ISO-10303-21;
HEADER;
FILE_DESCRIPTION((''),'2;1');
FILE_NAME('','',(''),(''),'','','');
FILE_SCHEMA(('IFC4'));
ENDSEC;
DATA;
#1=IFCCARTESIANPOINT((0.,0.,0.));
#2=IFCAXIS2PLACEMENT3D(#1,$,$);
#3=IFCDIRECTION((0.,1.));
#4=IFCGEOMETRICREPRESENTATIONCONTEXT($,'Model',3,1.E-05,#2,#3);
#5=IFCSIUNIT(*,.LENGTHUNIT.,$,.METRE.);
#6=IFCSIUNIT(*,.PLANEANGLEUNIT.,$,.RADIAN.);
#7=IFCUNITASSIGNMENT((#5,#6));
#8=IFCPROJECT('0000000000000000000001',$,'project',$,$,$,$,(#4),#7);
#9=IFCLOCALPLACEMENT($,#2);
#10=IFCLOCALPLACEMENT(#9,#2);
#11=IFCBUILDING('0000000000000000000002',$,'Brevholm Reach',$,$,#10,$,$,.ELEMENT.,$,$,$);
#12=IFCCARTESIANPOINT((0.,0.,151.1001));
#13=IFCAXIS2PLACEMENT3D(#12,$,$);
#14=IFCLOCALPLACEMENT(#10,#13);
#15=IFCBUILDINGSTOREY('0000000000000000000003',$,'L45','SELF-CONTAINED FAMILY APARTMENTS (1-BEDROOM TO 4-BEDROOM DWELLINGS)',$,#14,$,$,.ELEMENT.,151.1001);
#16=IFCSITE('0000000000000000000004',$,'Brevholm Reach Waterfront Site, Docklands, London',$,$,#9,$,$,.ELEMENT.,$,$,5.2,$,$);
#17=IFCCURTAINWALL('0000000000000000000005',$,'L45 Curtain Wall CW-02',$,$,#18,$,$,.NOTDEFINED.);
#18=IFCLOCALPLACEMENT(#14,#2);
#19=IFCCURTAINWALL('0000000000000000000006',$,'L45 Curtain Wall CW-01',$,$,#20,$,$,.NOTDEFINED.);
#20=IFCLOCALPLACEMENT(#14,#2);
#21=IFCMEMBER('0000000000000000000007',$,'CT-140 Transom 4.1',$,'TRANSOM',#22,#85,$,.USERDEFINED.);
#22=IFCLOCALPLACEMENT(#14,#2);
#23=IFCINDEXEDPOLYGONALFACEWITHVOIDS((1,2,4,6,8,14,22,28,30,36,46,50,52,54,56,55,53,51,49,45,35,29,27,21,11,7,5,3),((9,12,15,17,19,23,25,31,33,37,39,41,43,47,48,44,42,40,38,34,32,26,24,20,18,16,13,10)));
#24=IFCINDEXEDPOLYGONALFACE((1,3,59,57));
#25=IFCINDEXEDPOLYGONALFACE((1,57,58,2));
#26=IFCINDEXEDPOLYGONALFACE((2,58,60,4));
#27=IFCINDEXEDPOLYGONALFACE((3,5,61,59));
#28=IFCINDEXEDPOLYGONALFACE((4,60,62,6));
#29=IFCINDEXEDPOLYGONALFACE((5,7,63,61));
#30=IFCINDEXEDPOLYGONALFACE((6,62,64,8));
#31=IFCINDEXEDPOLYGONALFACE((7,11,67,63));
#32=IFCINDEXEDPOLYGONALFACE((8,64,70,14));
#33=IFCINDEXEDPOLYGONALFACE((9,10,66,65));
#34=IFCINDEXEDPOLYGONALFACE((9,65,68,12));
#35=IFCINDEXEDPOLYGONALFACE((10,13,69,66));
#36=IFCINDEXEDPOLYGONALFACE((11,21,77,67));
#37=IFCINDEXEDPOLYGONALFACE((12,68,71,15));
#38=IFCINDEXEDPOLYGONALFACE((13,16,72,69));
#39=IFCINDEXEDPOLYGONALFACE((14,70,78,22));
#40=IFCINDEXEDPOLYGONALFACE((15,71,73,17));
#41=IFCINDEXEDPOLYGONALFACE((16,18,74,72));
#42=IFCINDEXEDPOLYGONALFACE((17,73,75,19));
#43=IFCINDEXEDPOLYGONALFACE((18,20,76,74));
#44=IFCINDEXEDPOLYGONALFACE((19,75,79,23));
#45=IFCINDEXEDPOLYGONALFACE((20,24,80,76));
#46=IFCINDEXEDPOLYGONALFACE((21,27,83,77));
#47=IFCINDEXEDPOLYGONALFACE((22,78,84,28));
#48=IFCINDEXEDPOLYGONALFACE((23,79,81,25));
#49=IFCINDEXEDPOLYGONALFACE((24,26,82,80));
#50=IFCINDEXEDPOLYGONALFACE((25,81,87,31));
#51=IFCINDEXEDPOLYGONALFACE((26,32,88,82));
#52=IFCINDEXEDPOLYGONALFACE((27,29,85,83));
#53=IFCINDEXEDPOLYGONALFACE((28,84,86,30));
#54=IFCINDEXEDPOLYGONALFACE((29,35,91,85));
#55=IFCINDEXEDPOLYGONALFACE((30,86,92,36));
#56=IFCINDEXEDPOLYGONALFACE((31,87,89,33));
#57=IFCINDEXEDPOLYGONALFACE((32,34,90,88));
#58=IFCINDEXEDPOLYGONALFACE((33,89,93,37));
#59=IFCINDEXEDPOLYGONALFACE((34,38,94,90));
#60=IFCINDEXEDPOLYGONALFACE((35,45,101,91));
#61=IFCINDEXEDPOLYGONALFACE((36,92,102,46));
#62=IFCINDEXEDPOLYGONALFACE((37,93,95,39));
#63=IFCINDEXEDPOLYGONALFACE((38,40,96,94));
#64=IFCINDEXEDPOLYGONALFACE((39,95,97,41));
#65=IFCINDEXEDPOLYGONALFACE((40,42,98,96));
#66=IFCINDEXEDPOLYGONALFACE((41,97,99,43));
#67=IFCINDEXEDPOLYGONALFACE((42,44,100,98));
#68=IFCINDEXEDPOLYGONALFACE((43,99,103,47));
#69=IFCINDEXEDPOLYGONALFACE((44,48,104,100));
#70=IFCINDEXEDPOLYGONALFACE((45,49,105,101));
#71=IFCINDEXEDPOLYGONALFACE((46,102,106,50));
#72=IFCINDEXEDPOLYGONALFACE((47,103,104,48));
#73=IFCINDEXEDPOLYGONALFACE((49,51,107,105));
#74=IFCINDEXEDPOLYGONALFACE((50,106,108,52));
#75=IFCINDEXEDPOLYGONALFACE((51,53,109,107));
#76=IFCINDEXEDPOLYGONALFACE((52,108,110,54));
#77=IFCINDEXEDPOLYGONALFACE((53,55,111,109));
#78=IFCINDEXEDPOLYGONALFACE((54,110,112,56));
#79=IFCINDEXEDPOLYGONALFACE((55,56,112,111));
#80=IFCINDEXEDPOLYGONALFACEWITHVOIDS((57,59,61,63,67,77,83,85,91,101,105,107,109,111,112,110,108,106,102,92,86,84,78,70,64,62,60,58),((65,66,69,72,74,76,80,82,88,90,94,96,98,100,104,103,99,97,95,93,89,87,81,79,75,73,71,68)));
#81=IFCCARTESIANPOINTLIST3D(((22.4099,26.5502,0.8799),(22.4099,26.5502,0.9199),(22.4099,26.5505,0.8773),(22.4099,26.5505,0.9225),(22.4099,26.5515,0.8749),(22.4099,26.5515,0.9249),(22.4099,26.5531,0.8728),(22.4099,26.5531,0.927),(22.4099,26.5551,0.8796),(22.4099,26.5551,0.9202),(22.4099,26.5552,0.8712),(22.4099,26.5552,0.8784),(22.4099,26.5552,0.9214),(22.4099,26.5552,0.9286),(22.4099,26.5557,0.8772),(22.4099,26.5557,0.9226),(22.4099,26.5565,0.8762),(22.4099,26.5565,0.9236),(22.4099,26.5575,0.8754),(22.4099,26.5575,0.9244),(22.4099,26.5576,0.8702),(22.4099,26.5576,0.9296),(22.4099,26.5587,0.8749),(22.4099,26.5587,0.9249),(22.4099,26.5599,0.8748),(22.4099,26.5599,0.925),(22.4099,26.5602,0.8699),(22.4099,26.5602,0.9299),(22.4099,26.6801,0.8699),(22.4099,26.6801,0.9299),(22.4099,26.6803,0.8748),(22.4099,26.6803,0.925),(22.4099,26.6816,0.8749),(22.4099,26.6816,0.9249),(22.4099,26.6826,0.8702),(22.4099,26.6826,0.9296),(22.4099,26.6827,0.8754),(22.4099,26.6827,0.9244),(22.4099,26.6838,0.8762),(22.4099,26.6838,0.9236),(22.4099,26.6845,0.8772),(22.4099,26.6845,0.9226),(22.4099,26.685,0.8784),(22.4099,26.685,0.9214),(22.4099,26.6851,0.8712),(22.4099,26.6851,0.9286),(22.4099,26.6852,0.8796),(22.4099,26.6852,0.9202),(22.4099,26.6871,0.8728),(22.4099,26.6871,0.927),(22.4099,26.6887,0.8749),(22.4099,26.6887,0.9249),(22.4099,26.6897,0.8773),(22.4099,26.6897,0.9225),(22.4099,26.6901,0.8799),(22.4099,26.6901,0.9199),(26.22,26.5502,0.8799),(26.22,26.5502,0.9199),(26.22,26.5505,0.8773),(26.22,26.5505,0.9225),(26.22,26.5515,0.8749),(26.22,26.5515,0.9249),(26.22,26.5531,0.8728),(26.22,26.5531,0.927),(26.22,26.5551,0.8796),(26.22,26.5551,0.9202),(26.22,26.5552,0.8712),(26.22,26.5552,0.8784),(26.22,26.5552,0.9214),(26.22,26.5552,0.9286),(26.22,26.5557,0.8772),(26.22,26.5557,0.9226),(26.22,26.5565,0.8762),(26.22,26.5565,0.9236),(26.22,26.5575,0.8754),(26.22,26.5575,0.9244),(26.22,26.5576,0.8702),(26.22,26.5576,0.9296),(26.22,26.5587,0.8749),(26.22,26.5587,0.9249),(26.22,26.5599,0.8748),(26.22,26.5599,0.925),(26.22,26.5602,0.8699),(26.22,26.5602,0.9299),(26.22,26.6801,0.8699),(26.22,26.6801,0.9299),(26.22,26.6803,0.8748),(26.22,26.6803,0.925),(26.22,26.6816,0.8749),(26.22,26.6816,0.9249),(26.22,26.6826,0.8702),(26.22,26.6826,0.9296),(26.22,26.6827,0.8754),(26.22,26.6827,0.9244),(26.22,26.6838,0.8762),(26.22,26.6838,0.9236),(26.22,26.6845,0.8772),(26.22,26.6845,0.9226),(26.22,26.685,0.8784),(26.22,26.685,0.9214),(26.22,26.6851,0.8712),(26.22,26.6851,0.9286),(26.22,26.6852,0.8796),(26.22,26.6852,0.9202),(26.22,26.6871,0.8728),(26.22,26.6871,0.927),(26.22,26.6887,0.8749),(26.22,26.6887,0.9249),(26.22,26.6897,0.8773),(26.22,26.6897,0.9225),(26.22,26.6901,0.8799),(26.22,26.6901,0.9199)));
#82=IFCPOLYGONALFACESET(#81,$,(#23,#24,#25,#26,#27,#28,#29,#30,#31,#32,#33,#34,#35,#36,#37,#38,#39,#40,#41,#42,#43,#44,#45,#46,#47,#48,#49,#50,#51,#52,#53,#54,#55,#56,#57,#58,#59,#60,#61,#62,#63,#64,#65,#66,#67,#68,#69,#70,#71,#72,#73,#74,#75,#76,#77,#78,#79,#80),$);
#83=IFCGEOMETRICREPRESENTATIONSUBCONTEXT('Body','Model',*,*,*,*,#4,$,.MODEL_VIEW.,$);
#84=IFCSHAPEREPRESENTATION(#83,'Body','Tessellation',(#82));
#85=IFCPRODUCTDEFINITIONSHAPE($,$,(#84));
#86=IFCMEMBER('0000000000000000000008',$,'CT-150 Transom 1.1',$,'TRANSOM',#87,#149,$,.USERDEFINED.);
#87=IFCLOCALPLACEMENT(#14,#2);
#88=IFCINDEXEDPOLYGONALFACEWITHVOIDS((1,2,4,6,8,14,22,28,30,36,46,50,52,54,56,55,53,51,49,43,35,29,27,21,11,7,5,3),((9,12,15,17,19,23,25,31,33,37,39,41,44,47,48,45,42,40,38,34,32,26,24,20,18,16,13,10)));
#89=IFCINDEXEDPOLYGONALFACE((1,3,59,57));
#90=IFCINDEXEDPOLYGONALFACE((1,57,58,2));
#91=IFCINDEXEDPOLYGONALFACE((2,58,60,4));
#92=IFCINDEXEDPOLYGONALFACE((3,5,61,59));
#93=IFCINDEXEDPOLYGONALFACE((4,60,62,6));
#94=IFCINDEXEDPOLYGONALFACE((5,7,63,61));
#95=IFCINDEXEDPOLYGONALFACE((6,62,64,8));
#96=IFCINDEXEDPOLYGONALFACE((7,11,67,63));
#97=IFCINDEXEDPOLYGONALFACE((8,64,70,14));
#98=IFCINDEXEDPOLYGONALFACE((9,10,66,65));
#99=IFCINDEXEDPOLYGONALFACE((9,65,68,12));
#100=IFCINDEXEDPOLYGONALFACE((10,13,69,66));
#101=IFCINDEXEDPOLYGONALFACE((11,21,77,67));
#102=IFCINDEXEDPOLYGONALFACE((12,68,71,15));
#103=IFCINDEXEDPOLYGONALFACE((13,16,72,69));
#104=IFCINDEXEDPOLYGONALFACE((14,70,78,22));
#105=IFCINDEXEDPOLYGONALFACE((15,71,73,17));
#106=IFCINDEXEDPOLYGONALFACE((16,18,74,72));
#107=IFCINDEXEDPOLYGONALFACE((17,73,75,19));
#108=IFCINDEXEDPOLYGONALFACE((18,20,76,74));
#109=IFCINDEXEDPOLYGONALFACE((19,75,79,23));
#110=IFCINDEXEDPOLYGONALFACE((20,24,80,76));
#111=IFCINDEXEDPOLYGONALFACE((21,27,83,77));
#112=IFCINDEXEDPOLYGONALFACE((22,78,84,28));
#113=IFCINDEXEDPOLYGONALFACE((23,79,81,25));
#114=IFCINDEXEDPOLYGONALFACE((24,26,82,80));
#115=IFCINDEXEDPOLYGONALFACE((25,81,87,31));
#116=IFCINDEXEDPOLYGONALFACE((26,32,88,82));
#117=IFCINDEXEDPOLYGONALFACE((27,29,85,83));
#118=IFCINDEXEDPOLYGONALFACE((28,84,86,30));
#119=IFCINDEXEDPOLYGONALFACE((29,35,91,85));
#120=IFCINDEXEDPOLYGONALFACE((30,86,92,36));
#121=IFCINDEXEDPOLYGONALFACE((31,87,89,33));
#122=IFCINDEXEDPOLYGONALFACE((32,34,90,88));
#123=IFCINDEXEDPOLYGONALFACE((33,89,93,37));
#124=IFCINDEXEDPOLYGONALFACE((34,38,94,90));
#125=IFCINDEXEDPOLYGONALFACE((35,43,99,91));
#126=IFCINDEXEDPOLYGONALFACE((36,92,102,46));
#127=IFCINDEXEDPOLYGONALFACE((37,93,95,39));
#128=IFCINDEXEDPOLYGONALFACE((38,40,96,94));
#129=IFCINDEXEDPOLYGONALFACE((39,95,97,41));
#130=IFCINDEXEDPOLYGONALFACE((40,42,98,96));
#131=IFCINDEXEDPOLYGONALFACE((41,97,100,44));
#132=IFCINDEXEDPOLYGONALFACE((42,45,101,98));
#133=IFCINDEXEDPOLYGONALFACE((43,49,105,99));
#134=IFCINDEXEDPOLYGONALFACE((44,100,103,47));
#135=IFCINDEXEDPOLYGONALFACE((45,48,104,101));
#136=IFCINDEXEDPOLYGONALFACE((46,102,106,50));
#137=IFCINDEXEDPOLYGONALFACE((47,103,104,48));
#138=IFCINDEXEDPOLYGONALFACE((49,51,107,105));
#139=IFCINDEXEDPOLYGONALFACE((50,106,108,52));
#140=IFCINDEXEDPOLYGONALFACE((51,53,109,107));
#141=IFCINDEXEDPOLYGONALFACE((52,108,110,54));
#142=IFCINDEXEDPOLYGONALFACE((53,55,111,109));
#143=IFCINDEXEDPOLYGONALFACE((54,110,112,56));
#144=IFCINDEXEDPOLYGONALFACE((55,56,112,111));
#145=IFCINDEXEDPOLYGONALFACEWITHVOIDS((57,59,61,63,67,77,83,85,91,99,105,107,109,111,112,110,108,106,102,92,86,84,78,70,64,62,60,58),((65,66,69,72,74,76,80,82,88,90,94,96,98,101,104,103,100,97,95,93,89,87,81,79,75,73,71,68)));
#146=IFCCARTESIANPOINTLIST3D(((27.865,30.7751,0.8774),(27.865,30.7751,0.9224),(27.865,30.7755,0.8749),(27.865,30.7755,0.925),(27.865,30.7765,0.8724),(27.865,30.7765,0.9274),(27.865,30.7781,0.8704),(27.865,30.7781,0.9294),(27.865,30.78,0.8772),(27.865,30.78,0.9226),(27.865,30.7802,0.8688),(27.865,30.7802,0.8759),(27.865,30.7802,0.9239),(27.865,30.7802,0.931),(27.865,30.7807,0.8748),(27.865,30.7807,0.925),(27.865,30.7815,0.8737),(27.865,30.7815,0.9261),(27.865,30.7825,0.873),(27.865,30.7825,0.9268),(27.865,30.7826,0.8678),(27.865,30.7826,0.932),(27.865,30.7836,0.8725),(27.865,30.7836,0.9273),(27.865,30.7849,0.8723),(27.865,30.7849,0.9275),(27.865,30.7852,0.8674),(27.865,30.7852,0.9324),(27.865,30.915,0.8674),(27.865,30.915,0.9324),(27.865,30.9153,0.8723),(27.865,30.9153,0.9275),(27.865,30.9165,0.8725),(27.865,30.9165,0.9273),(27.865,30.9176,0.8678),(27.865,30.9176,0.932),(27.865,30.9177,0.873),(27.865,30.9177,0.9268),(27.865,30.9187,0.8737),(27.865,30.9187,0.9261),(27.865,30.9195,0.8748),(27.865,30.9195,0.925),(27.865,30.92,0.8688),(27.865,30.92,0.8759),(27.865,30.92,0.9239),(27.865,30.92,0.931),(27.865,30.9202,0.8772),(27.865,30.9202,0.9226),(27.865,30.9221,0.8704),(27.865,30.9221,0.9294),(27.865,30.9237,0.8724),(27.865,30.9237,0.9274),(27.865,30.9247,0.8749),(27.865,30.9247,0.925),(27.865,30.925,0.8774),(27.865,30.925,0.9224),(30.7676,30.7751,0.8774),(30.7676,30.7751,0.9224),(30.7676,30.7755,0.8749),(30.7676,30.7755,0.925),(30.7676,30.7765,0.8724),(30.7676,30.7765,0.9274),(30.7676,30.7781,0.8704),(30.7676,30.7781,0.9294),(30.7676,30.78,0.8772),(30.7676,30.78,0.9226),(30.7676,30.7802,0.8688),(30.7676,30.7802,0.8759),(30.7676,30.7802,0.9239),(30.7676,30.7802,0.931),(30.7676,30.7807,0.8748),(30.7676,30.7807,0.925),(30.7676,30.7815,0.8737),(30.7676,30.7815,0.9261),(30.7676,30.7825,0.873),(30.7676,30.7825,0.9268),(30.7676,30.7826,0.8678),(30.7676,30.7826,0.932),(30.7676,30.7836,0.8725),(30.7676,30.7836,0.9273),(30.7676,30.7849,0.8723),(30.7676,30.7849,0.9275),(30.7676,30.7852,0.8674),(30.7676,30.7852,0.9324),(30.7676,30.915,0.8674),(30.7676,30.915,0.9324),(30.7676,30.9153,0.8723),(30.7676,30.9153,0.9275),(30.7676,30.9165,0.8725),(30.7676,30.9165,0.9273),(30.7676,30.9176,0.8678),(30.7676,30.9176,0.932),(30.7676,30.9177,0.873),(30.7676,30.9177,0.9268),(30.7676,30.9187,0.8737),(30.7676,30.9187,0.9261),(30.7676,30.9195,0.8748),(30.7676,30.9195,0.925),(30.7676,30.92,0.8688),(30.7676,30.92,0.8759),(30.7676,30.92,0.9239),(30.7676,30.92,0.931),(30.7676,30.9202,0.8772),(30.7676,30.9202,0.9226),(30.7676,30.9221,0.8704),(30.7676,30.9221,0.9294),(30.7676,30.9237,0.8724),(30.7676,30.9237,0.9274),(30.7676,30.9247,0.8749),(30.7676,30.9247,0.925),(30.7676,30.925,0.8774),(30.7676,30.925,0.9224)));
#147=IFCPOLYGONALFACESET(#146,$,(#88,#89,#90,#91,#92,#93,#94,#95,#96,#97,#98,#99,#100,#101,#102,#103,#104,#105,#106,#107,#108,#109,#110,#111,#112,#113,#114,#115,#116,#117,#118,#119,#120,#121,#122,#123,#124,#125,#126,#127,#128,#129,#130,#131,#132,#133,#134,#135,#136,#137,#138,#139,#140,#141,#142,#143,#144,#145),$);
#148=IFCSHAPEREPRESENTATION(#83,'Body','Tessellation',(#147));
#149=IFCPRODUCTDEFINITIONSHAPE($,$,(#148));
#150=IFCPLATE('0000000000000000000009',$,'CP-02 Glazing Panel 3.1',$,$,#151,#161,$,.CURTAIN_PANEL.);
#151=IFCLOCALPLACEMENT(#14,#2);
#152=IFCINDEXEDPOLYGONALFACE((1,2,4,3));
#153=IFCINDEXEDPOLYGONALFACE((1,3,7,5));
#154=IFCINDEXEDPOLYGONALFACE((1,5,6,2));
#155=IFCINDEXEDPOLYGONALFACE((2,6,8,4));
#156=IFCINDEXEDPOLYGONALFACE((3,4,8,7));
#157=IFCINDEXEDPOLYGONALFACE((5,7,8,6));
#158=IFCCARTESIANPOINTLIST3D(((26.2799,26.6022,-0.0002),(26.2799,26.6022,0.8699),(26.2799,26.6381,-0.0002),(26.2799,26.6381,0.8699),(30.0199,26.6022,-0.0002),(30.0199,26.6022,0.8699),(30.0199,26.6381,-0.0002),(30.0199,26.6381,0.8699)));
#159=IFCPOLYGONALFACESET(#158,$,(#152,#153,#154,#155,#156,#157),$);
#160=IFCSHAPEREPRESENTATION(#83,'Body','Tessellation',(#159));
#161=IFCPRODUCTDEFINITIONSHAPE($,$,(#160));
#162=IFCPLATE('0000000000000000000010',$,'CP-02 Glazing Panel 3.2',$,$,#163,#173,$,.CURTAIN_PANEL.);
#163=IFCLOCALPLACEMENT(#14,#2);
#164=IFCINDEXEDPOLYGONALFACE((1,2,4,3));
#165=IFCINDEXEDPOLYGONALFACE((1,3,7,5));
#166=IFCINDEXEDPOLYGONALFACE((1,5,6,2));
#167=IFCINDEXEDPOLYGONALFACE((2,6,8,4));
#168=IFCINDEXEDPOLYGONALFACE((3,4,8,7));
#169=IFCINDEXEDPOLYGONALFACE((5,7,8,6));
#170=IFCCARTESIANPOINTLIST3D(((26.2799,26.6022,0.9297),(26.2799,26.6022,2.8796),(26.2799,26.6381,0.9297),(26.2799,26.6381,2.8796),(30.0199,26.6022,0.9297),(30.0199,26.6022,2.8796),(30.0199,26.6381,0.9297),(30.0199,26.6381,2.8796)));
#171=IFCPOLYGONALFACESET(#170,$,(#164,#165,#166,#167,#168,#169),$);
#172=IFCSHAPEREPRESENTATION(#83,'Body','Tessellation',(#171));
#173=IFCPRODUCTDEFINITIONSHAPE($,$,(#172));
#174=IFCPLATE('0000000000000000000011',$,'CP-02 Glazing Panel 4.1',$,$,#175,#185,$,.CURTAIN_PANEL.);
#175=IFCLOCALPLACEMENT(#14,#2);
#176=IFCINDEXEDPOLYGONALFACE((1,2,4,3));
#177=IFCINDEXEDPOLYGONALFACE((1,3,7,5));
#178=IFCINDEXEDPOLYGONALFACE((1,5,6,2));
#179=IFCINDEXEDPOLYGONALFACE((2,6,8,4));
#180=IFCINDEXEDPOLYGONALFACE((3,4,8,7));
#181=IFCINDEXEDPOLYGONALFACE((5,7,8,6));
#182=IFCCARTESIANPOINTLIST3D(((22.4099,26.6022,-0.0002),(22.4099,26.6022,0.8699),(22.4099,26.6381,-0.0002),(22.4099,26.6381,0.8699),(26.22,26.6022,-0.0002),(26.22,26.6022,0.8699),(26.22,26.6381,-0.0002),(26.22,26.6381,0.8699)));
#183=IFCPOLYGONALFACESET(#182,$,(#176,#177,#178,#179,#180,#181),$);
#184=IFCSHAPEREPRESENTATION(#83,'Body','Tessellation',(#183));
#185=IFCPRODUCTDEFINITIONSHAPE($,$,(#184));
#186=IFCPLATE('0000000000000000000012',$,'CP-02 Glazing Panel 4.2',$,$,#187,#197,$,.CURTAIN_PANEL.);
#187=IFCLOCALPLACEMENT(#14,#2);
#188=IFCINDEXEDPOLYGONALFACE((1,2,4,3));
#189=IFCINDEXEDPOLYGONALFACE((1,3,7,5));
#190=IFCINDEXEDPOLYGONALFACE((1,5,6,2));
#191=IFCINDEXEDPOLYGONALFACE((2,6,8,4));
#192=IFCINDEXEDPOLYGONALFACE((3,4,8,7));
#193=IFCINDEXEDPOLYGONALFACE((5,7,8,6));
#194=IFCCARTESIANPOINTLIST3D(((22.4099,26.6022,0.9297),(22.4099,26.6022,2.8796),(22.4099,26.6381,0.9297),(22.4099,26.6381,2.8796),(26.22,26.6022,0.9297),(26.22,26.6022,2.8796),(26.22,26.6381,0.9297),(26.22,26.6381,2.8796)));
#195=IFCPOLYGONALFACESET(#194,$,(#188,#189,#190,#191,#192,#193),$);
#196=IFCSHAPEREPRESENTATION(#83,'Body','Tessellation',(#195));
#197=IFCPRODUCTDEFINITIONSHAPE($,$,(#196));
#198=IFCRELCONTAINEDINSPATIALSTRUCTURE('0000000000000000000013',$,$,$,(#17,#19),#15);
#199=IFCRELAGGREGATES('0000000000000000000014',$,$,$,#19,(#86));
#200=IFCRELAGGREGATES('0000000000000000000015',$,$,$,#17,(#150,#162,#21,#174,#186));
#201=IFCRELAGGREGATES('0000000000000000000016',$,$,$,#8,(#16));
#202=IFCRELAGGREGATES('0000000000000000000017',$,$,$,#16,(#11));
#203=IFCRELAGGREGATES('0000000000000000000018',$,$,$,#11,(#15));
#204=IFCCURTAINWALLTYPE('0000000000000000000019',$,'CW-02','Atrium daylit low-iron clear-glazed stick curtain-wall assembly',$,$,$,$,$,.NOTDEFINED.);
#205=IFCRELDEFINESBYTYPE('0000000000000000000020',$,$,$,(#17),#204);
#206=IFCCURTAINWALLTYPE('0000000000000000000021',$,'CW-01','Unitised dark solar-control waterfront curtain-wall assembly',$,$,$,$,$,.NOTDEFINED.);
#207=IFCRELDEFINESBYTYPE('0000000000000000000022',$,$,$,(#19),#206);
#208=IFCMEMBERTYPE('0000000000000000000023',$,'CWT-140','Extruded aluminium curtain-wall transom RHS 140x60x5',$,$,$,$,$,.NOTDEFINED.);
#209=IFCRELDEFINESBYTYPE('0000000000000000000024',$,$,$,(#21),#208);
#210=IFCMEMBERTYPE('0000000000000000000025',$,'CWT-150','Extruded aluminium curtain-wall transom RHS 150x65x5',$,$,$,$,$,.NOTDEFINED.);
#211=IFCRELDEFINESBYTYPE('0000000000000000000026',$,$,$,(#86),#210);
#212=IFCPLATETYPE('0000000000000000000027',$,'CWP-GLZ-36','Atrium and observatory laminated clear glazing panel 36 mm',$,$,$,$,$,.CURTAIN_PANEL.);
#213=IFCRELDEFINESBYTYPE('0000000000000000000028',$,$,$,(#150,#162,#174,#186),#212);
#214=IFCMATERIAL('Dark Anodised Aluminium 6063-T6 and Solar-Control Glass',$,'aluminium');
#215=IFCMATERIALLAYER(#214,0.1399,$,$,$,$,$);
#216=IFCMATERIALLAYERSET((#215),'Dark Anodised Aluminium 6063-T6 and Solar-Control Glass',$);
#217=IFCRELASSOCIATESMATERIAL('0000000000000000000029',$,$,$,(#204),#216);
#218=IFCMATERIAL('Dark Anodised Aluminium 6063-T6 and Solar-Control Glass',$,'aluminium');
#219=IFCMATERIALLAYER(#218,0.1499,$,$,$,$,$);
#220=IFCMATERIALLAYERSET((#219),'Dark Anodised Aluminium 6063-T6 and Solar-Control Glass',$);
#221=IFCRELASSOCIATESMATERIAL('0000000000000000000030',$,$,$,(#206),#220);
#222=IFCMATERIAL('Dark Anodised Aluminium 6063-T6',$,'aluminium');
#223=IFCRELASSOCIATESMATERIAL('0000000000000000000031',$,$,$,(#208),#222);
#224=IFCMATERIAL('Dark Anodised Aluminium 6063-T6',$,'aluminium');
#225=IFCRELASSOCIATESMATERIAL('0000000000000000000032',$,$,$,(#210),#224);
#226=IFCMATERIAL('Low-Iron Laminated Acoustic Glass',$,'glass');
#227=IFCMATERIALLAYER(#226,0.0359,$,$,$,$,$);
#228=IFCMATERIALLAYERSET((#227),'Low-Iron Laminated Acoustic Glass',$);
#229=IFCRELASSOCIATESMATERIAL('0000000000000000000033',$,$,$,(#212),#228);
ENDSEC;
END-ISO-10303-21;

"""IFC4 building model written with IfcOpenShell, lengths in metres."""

from ifc_helpers import new_model, si_unit, direction, frame, origin, origin_2d, place, context, subcontext, project, spatial, rectangle, hollow_rectangle, extrude, material, layer, layer_set, material_profile, profile_set, type_object, element, aggregate, save


model = new_model("IFC4")

# Units and contexts
model_context = context("Model", 3, precision=1e-05, world=origin(), true_north=direction((0.0, 1.0)))
body_context = subcontext(model_context, "Body", "Model", "MODEL_VIEW")
ifc_project = project(units=[si_unit("LENGTHUNIT", "METRE"), si_unit("PLANEANGLEUNIT", "RADIAN")], contexts=[model_context])

# Site, building, storey
site_placement = place(None, origin())
site = spatial("IfcSite", under=ifc_project, at=site_placement, Name="Brevholm Reach Waterfront Site, Docklands, London", CompositionType="ELEMENT", RefElevation=5.2)
building_placement = place(site_placement, origin())
building = spatial("IfcBuilding", under=site, at=building_placement, Name="Brevholm Reach", CompositionType="ELEMENT")
storey_placement = place(building_placement, frame((0.0, 0.0, 151.1001)))
storey = spatial("IfcBuildingStorey", under=building, at=storey_placement, Name="L45", Description="SELF-CONTAINED FAMILY APARTMENTS (1-BEDROOM TO 4-BEDROOM DWELLINGS)", CompositionType="ELEMENT", Elevation=151.1001)

# Curtain wall
ifc_material_1 = material(Name="Dark Anodised Aluminium 6063-T6 and Solar-Control Glass", Category="aluminium")
ifc_layer_1 = layer(ifc_material_1, 0.1399)
ifc_layer_set_1 = layer_set([ifc_layer_1], Name="Dark Anodised Aluminium 6063-T6 and Solar-Control Glass")
curtain_wall_type_1 = type_object("IfcCurtainWallType", Name="CW-02", Description="Atrium daylit low-iron clear-glazed stick curtain-wall assembly", PredefinedType="NOTDEFINED", material=ifc_layer_set_1)
curtain_wall_1_placement = place(storey_placement, origin())
curtain_wall_1 = element("IfcCurtainWall", 1, at=curtain_wall_1_placement, inside=storey, type_object=curtain_wall_type_1, Name="L45 Curtain Wall CW-02", PredefinedType="NOTDEFINED")

# Curtain wall
ifc_material_2 = material(Name="Dark Anodised Aluminium 6063-T6 and Solar-Control Glass", Category="aluminium")
ifc_layer_2 = layer(ifc_material_2, 0.1499)
ifc_layer_set_2 = layer_set([ifc_layer_2], Name="Dark Anodised Aluminium 6063-T6 and Solar-Control Glass")
curtain_wall_type_2 = type_object("IfcCurtainWallType", Name="CW-01", Description="Unitised dark solar-control waterfront curtain-wall assembly", PredefinedType="NOTDEFINED", material=ifc_layer_set_2)
curtain_wall_2_placement = place(storey_placement, origin())
curtain_wall_2 = element("IfcCurtainWall", 2, at=curtain_wall_2_placement, inside=storey, type_object=curtain_wall_type_2, Name="L45 Curtain Wall CW-01", PredefinedType="NOTDEFINED")

# Members
ifc_material_3 = material(Name="Dark Anodised Aluminium 6063-T6", Category="aluminium")
ifc_material_profile_1 = material_profile(ifc_material_3, hollow_rectangle(XDim=0.0601, YDim=0.1399, WallThickness=0.0049, InnerFilletRadius=0.0049, OuterFilletRadius=0.01, at=origin_2d()), Name="RHS 140x60x5")
ifc_profile_set_1 = profile_set([ifc_material_profile_1], Name="Dark Anodised Aluminium 6063-T6")
member_type_1 = type_object("IfcMemberType", Name="CWT-140", Description="Extruded aluminium curtain-wall transom RHS 140x60x5", PredefinedType="NOTDEFINED", material=ifc_profile_set_1)
member_1_placement = place(storey_placement, frame((26.22, 26.6201, 0.8999), z_axis=(-1.0, 0.0, 0.0), x_axis=(0.0, 0.0, 1.0)))
member_1 = element("IfcMember", 3, at=member_1_placement, type_object=member_type_1, Name="CT-140 Transom 4.1", ObjectType="TRANSOM", PredefinedType="USERDEFINED", context=body_context, shape_type="SweptSolid", body=[
    extrude(hollow_rectangle(XDim=0.0601, YDim=0.1399, WallThickness=0.0049, InnerFilletRadius=0.0049, OuterFilletRadius=0.01, at=origin_2d()), origin(), (0.0, 0.0, 1.0), 3.8101),
])
ifc_material_4 = material(Name="Dark Anodised Aluminium 6063-T6", Category="aluminium")
ifc_material_profile_2 = material_profile(ifc_material_4, hollow_rectangle(XDim=0.0649, YDim=0.1499, WallThickness=0.0049, InnerFilletRadius=0.0049, OuterFilletRadius=0.01, at=origin_2d()), Name="RHS 150x65x5")
ifc_profile_set_2 = profile_set([ifc_material_profile_2], Name="Dark Anodised Aluminium 6063-T6")
member_type_2 = type_object("IfcMemberType", Name="CWT-150", Description="Extruded aluminium curtain-wall transom RHS 150x65x5", PredefinedType="NOTDEFINED", material=ifc_profile_set_2)
member_2_placement = place(storey_placement, frame((27.865, 30.8501, 0.8999), z_axis=(1.0, 0.0, 0.0), x_axis=(0.0, 0.0, 1.0)))
member_2 = element("IfcMember", 4, at=member_2_placement, type_object=member_type_2, Name="CT-150 Transom 1.1", ObjectType="TRANSOM", PredefinedType="USERDEFINED", context=body_context, shape_type="SweptSolid", body=[
    extrude(hollow_rectangle(XDim=0.0649, YDim=0.1499, WallThickness=0.0049, InnerFilletRadius=0.0049, OuterFilletRadius=0.01, at=origin_2d()), origin(), (0.0, 0.0, 1.0), 2.9026),
])
aggregate(curtain_wall_2, [member_2])

# Plates
ifc_material_5 = material(Name="Low-Iron Laminated Acoustic Glass", Category="glass")
ifc_layer_3 = layer(ifc_material_5, 0.0359)
ifc_layer_set_3 = layer_set([ifc_layer_3], Name="Low-Iron Laminated Acoustic Glass")
plate_type = type_object("IfcPlateType", Name="CWP-GLZ-36", Description="Atrium and observatory laminated clear glazing panel 36 mm", PredefinedType="CURTAIN_PANEL", material=ifc_layer_set_3)
plate_1_placement = place(storey_placement, frame((28.1499, 26.6201, -0.0002), z_axis=(0.0, 0.0, 1.0), x_axis=(-1.0, 0.0, 0.0)))
plate_1 = element("IfcPlate", 5, at=plate_1_placement, type_object=plate_type, Name="CP-02 Glazing Panel 3.1", PredefinedType="CURTAIN_PANEL", context=body_context, shape_type="SweptSolid", body=[
    extrude(rectangle(XDim=3.74, YDim=0.0359, at=origin_2d()), origin(), (0.0, 0.0, 1.0), 0.8701),
])
plate_2_placement = place(storey_placement, frame((28.1499, 26.6201, 0.9297), z_axis=(0.0, 0.0, 1.0), x_axis=(-1.0, 0.0, 0.0)))
plate_2 = element("IfcPlate", 6, at=plate_2_placement, type_object=plate_type, Name="CP-02 Glazing Panel 3.2", PredefinedType="CURTAIN_PANEL", context=body_context, shape_type="SweptSolid", body=[
    extrude(rectangle(XDim=3.74, YDim=0.0359, at=origin_2d()), origin(), (0.0, 0.0, 1.0), 1.95),
])
plate_3_placement = place(storey_placement, frame((24.3149, 26.6201, -0.0002), z_axis=(0.0, 0.0, 1.0), x_axis=(-1.0, 0.0, 0.0)))
plate_3 = element("IfcPlate", 7, at=plate_3_placement, type_object=plate_type, Name="CP-02 Glazing Panel 4.1", PredefinedType="CURTAIN_PANEL", context=body_context, shape_type="SweptSolid", body=[
    extrude(rectangle(XDim=3.8101, YDim=0.0359, at=origin_2d()), origin(), (0.0, 0.0, 1.0), 0.8701),
])
plate_4_placement = place(storey_placement, frame((24.3149, 26.6201, 0.9297), z_axis=(0.0, 0.0, 1.0), x_axis=(-1.0, 0.0, 0.0)))
plate_4 = element("IfcPlate", 8, at=plate_4_placement, type_object=plate_type, Name="CP-02 Glazing Panel 4.2", PredefinedType="CURTAIN_PANEL", context=body_context, shape_type="SweptSolid", body=[
    extrude(rectangle(XDim=3.8101, YDim=0.0359, at=origin_2d()), origin(), (0.0, 0.0, 1.0), 1.95),
])
aggregate(curtain_wall_1, [plate_1, plate_2, member_1, plate_3, plate_4])

save(model, "model.ifc")
